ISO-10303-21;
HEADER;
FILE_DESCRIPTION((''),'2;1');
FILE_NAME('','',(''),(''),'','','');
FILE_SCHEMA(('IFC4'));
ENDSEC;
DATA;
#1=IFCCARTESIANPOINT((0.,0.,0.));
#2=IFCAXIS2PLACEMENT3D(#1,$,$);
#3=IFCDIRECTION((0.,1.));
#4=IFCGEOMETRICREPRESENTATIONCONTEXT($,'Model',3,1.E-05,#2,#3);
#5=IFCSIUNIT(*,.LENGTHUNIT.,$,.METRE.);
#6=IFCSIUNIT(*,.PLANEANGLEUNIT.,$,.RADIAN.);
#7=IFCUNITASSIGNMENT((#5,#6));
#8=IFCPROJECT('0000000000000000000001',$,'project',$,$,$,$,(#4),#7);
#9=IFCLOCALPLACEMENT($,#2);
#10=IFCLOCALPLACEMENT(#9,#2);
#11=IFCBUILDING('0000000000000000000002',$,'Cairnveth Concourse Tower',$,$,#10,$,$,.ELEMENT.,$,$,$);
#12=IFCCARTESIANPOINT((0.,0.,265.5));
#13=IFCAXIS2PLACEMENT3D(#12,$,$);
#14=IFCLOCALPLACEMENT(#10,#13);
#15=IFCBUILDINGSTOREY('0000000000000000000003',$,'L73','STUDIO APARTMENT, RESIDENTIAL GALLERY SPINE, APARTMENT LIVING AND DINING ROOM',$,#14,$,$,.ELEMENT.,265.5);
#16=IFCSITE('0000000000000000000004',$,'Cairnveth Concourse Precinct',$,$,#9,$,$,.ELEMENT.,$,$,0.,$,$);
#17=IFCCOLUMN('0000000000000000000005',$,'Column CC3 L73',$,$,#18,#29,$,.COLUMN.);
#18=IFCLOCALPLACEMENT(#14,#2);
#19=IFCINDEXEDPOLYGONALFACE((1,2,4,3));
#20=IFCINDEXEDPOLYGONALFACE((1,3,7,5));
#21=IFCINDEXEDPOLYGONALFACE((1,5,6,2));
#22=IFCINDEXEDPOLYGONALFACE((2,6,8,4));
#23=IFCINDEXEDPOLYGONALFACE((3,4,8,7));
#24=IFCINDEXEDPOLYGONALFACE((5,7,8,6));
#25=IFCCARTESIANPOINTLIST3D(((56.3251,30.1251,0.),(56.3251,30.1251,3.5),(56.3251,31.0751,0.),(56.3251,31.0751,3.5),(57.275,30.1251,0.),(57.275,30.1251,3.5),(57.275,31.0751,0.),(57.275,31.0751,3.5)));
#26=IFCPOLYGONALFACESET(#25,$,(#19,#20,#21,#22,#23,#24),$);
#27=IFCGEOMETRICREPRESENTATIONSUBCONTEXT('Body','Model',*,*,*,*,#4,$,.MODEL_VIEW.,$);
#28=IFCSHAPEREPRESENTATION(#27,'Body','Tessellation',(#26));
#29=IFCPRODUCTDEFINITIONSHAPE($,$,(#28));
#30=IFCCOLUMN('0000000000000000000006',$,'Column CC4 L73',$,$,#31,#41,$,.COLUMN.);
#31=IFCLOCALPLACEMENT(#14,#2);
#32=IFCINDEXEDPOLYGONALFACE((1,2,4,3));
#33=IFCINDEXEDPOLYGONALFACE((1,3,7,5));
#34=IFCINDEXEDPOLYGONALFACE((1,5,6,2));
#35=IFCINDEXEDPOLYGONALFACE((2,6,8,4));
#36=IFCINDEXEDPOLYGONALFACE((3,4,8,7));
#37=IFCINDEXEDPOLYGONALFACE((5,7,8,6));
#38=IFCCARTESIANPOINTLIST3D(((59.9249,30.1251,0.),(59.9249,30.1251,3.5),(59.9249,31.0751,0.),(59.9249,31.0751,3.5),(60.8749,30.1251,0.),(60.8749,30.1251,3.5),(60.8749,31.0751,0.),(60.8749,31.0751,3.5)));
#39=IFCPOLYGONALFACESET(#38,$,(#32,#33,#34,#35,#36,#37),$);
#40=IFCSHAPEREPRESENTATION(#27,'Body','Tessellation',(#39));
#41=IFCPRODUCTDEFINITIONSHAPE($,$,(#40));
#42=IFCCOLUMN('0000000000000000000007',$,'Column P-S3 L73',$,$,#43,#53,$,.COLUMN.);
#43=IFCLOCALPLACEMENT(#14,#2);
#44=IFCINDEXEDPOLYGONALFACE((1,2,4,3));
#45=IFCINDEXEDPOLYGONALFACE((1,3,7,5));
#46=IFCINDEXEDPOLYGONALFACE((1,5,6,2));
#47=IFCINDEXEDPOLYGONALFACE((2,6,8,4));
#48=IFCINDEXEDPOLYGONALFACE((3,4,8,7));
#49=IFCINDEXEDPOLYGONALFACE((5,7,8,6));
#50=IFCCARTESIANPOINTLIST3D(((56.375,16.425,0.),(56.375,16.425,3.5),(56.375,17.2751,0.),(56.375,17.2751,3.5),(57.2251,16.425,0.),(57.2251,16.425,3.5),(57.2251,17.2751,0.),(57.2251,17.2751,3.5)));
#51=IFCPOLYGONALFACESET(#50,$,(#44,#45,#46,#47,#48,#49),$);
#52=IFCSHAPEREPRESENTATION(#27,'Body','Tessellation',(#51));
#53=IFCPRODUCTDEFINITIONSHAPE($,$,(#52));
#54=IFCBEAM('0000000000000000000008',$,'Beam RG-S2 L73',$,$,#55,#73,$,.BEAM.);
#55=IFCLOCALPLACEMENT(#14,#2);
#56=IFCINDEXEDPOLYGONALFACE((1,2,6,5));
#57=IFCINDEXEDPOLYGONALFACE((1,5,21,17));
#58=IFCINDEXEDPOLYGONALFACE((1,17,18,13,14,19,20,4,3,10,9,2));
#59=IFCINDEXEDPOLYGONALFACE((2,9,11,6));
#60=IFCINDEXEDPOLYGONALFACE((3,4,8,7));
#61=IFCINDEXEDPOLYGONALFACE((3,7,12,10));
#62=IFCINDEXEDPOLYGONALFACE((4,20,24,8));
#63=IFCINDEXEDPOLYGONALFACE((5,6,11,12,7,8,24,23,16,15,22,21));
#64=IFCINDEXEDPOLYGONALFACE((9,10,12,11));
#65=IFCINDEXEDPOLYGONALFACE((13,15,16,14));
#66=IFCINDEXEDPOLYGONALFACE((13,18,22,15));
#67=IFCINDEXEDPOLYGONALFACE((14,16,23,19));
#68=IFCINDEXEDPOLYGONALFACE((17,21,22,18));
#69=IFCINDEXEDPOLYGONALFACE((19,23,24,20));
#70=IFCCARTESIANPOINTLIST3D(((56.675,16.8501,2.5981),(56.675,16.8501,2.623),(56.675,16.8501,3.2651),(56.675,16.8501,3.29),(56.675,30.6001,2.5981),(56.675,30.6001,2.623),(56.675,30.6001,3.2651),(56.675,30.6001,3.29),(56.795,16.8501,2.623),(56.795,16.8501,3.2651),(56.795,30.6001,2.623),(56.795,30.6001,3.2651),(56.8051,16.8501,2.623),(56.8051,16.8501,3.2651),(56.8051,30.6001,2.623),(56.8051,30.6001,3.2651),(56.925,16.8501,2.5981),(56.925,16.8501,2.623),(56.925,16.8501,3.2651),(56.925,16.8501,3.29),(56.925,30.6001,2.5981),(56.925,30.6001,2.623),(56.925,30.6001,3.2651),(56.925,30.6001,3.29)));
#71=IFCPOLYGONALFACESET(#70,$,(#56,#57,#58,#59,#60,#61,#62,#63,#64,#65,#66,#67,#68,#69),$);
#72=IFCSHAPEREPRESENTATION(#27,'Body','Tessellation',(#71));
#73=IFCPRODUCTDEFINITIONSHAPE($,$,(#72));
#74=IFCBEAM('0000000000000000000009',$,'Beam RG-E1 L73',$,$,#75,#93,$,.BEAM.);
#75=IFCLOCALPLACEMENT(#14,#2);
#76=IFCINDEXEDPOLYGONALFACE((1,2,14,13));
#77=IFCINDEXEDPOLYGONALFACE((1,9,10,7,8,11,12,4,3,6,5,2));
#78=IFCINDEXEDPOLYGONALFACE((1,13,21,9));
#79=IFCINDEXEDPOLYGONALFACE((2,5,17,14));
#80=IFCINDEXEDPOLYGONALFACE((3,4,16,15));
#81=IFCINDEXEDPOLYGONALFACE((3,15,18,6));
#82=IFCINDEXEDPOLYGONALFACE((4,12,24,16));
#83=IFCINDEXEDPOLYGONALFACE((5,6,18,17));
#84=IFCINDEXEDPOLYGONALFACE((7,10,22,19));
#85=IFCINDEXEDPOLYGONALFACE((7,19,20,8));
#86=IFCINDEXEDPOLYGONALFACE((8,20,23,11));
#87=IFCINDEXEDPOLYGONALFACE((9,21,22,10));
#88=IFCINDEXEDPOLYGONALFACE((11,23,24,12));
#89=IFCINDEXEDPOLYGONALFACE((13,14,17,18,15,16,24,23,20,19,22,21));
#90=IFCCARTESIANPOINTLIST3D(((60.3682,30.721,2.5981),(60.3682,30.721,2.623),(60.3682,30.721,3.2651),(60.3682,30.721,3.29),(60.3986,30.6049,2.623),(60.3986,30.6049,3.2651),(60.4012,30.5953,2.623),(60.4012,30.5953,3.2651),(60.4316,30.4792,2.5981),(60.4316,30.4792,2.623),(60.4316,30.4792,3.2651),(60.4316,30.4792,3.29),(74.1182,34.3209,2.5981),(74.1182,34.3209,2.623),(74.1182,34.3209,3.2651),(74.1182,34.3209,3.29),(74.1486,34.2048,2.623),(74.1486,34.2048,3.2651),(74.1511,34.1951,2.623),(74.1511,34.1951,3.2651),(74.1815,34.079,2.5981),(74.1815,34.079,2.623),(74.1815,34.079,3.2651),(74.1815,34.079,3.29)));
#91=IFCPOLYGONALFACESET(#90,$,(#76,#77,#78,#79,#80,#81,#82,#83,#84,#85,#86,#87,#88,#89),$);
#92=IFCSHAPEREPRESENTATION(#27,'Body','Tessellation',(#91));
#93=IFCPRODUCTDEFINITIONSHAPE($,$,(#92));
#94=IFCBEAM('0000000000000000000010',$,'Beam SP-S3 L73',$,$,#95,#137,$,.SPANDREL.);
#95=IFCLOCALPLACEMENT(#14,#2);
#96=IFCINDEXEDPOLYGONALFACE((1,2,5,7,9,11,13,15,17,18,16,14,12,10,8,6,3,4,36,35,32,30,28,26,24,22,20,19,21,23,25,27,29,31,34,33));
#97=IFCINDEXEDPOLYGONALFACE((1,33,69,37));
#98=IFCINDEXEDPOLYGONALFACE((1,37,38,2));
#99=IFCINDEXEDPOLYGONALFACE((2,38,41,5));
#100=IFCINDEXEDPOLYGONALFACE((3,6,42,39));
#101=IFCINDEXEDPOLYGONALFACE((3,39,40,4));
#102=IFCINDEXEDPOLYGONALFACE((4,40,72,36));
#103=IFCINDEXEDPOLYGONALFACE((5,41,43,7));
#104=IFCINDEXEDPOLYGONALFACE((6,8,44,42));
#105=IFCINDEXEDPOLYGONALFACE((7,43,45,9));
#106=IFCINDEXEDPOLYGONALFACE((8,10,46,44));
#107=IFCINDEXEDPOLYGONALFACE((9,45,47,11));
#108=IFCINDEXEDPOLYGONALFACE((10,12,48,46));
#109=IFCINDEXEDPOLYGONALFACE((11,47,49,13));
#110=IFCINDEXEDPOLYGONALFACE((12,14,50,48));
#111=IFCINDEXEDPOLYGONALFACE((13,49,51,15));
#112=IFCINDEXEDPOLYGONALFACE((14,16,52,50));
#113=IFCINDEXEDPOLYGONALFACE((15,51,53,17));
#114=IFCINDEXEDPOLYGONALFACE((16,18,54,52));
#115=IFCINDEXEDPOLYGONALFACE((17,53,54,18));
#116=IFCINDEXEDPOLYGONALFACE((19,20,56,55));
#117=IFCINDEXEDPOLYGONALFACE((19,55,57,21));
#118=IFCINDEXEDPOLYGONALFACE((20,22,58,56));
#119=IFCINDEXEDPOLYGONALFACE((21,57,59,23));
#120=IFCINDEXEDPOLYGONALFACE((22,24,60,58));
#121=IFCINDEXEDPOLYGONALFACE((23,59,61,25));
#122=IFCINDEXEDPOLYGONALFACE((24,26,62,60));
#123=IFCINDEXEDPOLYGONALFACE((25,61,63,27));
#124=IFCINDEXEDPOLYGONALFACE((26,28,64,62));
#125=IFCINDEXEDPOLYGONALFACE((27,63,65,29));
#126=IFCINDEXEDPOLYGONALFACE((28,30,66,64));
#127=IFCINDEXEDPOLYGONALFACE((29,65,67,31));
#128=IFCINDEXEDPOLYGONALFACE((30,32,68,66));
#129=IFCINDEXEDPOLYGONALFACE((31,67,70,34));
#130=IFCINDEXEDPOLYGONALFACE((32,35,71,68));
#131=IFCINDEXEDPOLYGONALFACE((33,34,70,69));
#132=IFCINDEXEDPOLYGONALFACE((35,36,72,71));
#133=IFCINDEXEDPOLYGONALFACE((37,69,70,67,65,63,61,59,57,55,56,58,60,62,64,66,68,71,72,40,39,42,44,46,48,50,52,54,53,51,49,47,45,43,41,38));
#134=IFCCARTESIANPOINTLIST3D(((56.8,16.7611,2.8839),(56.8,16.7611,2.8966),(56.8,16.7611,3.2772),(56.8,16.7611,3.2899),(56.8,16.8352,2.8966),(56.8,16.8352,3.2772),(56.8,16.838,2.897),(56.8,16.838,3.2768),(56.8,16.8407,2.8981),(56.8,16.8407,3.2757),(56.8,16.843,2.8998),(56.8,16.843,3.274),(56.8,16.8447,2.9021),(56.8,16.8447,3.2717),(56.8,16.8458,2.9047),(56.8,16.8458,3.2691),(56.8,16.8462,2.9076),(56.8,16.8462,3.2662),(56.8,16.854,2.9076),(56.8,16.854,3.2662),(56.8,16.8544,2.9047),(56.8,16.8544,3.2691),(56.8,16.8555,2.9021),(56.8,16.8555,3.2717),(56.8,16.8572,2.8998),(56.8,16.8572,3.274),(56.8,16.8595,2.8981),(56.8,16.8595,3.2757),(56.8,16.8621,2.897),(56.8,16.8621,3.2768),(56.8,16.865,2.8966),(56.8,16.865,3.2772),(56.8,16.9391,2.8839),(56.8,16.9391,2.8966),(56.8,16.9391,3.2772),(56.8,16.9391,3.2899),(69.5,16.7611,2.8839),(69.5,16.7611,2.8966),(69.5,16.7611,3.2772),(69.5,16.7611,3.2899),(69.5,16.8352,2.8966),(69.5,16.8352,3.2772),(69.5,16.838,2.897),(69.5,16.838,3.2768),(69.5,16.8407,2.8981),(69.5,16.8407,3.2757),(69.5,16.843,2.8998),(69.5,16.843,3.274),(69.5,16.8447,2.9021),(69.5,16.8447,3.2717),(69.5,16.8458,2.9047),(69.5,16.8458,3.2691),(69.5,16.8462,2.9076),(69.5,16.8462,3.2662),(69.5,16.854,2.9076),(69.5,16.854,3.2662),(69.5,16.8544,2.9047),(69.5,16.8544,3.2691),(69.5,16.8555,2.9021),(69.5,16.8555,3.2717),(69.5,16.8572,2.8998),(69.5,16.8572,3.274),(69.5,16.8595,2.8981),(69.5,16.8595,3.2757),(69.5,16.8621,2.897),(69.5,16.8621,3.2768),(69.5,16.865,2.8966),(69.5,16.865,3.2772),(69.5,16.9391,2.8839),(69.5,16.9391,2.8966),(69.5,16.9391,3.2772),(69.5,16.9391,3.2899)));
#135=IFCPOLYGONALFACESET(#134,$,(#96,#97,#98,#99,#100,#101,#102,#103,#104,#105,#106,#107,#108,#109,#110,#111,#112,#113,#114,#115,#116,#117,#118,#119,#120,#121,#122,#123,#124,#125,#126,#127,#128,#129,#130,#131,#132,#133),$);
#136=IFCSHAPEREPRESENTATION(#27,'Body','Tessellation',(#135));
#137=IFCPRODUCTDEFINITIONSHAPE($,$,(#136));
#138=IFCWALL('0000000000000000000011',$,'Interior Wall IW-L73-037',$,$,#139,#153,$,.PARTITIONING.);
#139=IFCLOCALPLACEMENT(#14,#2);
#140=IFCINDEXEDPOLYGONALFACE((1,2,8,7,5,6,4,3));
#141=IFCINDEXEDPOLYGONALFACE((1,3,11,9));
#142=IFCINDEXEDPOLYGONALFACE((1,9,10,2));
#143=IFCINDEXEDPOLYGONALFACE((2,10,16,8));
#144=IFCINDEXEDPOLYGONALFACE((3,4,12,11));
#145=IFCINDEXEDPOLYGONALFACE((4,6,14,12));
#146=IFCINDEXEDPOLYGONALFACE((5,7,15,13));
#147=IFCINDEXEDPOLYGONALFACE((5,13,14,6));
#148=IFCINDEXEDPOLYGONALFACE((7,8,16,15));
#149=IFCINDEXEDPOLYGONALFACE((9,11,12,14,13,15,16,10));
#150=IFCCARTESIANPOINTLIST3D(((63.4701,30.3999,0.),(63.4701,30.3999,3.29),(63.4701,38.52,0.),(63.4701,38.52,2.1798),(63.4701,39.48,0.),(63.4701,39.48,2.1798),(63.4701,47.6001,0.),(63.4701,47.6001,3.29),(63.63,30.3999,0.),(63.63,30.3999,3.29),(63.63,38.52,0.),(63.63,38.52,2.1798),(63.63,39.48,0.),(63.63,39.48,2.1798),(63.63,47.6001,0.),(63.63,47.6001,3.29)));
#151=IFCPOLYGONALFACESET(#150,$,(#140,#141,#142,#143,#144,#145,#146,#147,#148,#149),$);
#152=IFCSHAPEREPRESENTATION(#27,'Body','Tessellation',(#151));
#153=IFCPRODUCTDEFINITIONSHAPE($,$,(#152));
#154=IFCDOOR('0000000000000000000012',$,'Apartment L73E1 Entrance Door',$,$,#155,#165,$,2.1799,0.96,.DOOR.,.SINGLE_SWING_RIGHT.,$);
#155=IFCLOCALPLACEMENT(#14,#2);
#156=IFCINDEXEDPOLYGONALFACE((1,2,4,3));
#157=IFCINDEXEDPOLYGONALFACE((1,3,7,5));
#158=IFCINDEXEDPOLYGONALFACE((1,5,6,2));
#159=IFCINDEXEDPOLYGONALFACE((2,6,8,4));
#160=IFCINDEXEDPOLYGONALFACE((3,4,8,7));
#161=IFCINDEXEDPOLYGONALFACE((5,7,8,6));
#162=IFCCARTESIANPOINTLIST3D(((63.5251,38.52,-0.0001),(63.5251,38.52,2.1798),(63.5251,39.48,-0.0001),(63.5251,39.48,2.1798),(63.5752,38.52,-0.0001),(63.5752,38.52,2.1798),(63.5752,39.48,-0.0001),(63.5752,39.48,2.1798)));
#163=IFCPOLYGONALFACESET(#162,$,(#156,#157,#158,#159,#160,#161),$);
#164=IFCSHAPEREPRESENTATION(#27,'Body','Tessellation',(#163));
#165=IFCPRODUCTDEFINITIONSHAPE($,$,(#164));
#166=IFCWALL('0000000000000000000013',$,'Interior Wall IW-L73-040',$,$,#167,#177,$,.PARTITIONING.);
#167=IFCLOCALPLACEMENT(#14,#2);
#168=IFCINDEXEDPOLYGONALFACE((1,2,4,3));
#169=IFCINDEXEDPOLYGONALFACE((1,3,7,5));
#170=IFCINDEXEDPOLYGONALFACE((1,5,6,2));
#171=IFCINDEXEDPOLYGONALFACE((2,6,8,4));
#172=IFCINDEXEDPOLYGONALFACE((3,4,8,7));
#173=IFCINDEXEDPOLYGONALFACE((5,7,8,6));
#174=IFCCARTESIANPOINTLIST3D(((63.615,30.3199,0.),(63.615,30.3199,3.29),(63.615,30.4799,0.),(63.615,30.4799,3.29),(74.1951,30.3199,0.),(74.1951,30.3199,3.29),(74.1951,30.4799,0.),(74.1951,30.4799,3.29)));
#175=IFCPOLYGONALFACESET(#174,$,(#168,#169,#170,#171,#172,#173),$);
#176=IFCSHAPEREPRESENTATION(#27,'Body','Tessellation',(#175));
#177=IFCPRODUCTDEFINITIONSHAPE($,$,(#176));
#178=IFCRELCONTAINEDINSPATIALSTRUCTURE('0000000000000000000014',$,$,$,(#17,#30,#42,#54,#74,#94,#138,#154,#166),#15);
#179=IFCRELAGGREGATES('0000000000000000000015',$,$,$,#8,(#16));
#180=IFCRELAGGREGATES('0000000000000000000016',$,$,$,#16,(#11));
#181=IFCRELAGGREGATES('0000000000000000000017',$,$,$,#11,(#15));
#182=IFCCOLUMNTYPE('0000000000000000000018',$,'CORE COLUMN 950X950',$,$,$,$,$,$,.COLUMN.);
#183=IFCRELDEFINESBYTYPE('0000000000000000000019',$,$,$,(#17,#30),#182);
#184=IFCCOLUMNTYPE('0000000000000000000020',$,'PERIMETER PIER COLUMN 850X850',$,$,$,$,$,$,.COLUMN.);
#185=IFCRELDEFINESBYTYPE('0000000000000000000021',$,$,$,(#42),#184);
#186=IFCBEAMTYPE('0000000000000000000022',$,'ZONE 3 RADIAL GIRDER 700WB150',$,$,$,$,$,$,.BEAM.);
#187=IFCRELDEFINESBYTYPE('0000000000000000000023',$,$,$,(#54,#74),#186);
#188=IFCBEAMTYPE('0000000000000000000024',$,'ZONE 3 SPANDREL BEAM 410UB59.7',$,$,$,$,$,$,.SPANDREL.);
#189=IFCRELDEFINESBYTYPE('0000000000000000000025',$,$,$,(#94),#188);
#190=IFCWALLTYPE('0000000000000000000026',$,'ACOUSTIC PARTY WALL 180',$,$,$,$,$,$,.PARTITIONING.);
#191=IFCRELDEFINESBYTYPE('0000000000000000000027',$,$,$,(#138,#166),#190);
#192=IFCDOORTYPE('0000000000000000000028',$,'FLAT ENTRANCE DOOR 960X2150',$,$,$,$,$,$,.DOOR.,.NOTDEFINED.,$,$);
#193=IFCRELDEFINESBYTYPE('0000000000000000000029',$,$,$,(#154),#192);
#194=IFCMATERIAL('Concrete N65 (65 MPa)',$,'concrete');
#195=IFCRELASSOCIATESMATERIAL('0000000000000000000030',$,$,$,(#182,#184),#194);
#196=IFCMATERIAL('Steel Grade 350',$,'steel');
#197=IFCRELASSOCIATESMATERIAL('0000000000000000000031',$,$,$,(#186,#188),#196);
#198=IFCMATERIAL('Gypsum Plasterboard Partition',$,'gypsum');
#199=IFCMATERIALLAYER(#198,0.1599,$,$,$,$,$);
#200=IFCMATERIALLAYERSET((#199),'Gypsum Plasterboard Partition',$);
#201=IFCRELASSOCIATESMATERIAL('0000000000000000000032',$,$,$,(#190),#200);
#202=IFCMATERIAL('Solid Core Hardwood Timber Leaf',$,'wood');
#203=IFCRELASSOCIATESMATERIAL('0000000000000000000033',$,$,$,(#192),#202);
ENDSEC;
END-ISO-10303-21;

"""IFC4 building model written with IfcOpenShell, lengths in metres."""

from ifc_helpers import new_model, si_unit, direction, frame, frame_2d, origin, origin_2d, place, context, subcontext, project, spatial, rectangle, i_section, extrude, material, layer, layer_set, material_profile, profile_set, type_object, element, fill, save


model = new_model("IFC4")

# Units and contexts
model_context = context("Model", 3, precision=1e-05, world=origin(), true_north=direction((0.0, 1.0)))
body_context = subcontext(model_context, "Body", "Model", "MODEL_VIEW")
ifc_project = project(units=[si_unit("LENGTHUNIT", "METRE"), si_unit("PLANEANGLEUNIT", "RADIAN")], contexts=[model_context])

# Site, building, storey
site_placement = place(None, origin())
site = spatial("IfcSite", under=ifc_project, at=site_placement, Name="Cairnveth Concourse Precinct", CompositionType="ELEMENT", RefElevation=0.0)
building_placement = place(site_placement, origin())
building = spatial("IfcBuilding", under=site, at=building_placement, Name="Cairnveth Concourse Tower", CompositionType="ELEMENT")
storey_placement = place(building_placement, frame((0.0, 0.0, 265.5)))
storey = spatial("IfcBuildingStorey", under=building, at=storey_placement, Name="L73", Description="STUDIO APARTMENT, RESIDENTIAL GALLERY SPINE, APARTMENT LIVING AND DINING ROOM", CompositionType="ELEMENT", Elevation=265.5)

# Columns
ifc_material_1 = material(Name="Concrete N65 (65 MPa)", Category="concrete")
ifc_material_profile_1 = material_profile(ifc_material_1, rectangle(XDim=0.95, YDim=0.95, at=origin_2d()), Name="RC-COL-950x950")
ifc_profile_set_1 = profile_set([ifc_material_profile_1], Name="Concrete N65 (65 MPa)")
column_type_1 = type_object("IfcColumnType", Name="CORE COLUMN 950X950", PredefinedType="COLUMN", material=ifc_profile_set_1)
for number, where, z_axis, x_axis, name in (
    (1, (56.8, 30.6001, 0.0), (0.0, 0.0, 1.0), (1.0, 0.0, 0.0), "Column CC3 L73"),
    (2, (60.3999, 30.6001, 0.0), (0.0, 0.0, 1.0), (1.0, 0.0, 0.0), "Column CC4 L73"),
):
    element("IfcColumn", number, at=place(storey_placement, frame(where, z_axis=z_axis, x_axis=x_axis)), inside=storey, type_object=column_type_1, Name=name, PredefinedType="COLUMN", context=body_context, shape_type="SweptSolid", body=[
        extrude(rectangle(XDim=0.95, YDim=0.95, at=origin_2d()), origin(), (0.0, 0.0, 1.0), 3.5),
    ])
ifc_material_profile_2 = material_profile(ifc_material_1, rectangle(XDim=0.8501, YDim=0.8501, at=origin_2d()), Name="RC-COL-850x850")
ifc_profile_set_2 = profile_set([ifc_material_profile_2], Name="Concrete N65 (65 MPa)")
column_type_2 = type_object("IfcColumnType", Name="PERIMETER PIER COLUMN 850X850", PredefinedType="COLUMN", material=ifc_profile_set_2)
column_placement = place(storey_placement, frame((56.8, 16.8501, 0.0), z_axis=(0.0, 0.0, 1.0), x_axis=(1.0, 0.0, 0.0)))
element("IfcColumn", 3, at=column_placement, inside=storey, type_object=column_type_2, Name="Column P-S3 L73", PredefinedType="COLUMN", context=body_context, shape_type="SweptSolid", body=[
    extrude(rectangle(XDim=0.8501, YDim=0.8501, at=origin_2d()), origin(), (0.0, 0.0, 1.0), 3.5),
])

# Beams
ifc_material_2 = material(Name="Steel Grade 350", Category="steel")
ifc_material_profile_3 = material_profile(ifc_material_2, i_section(OverallWidth=0.25, OverallDepth=0.6919, WebThickness=0.01, FlangeThickness=0.0249, at=origin_2d()), Name="700WB150")
ifc_profile_set_3 = profile_set([ifc_material_profile_3], Name="Steel Grade 350")
beam_type_1 = type_object("IfcBeamType", Name="ZONE 3 RADIAL GIRDER 700WB150", PredefinedType="BEAM", material=ifc_profile_set_3)
beam_1_placement = place(storey_placement, frame((56.8, 16.8501, 2.9441), z_axis=(0.0, 1.0, 0.0), x_axis=(-1.0, 0.0, 0.0)))
element("IfcBeam", 4, at=beam_1_placement, inside=storey, type_object=beam_type_1, Name="Beam RG-S2 L73", PredefinedType="BEAM", context=body_context, shape_type="SweptSolid", body=[
    extrude(i_section(OverallWidth=0.25, OverallDepth=0.6919, WebThickness=0.01, FlangeThickness=0.0249, at=origin_2d()), origin(), (0.0, 0.0, 1.0), 13.75),
])
beam_2_placement = place(storey_placement, frame((60.3999, 30.6001, 2.9441), z_axis=(0.967395, 0.253271, 0.0), x_axis=(-0.253271, 0.967395, 0.0)))
element("IfcBeam", 5, at=beam_2_placement, inside=storey, type_object=beam_type_1, Name="Beam RG-E1 L73", PredefinedType="BEAM", context=body_context, shape_type="SweptSolid", body=[
    extrude(i_section(OverallWidth=0.25, OverallDepth=0.6919, WebThickness=0.01, FlangeThickness=0.0249, at=origin_2d()), origin(), (0.0, 0.0, 1.0), 14.2134),
])
ifc_material_profile_4 = material_profile(ifc_material_2, i_section(OverallWidth=0.178, OverallDepth=0.406, WebThickness=0.0078, FlangeThickness=0.0127, FilletRadius=0.011, at=origin_2d()), Name="410UB59.7")
ifc_profile_set_4 = profile_set([ifc_material_profile_4], Name="Steel Grade 350")
beam_type_2 = type_object("IfcBeamType", Name="ZONE 3 SPANDREL BEAM 410UB59.7", PredefinedType="SPANDREL", material=ifc_profile_set_4)
beam_3_placement = place(storey_placement, frame((56.8, 16.8501, 3.0869), z_axis=(1.0, 0.0, 0.0), x_axis=(0.0, 1.0, 0.0)))
element("IfcBeam", 6, at=beam_3_placement, inside=storey, type_object=beam_type_2, Name="Beam SP-S3 L73", PredefinedType="SPANDREL", context=body_context, shape_type="SweptSolid", body=[
    extrude(i_section(OverallWidth=0.178, OverallDepth=0.406, WebThickness=0.0078, FlangeThickness=0.0127, FilletRadius=0.011, at=origin_2d()), origin(), (0.0, 0.0, 1.0), 12.7),
])

# Wall, opening, door
ifc_material_3 = material(Name="Gypsum Plasterboard Partition", Category="gypsum")
ifc_layer_1 = layer(ifc_material_3, 0.1599)
ifc_layer_set_1 = layer_set([ifc_layer_1], Name="Gypsum Plasterboard Partition")
wall_type_1 = type_object("IfcWallType", Name="ACOUSTIC PARTY WALL 180", PredefinedType="PARTITIONING", material=ifc_layer_set_1)
wall_1_placement = place(storey_placement, frame((63.55, 30.3999, 0.0), z_axis=(0.0, 0.0, 1.0), x_axis=(0.0, 1.0, 0.0)))
wall_1 = element("IfcWall", 7, at=wall_1_placement, inside=storey, type_object=wall_type_1, Name="Interior Wall IW-L73-037", PredefinedType="PARTITIONING", context=body_context, shape_type="SweptSolid", body=[
    extrude(rectangle(XDim=17.2002, YDim=0.1599, at=frame_2d((8.6001, 0.0))), origin(), (0.0, 0.0, 1.0), 3.29),
])
opening_1_placement = place(wall_1_placement, frame((8.1201, 0.0, 0.0)))
opening_1 = element("IfcOpeningElement", 8, at=opening_1_placement, cuts=wall_1, PredefinedType="OPENING", context=body_context, shape_type="SweptSolid", body=[
    extrude(rectangle(XDim=0.96, YDim=2.1799, at=frame_2d((0.48, 1.0898))), frame((0.0, 0.0898, 0.0), z_axis=(0.0, -1.0, 0.0), x_axis=(1.0, 0.0, 0.0)), (0.0, 0.0, 1.0), 0.1799),
])
ifc_material_4 = material(Name="Solid Core Hardwood Timber Leaf", Category="wood")
door_type_1 = type_object("IfcDoorType", Name="FLAT ENTRANCE DOOR 960X2150", OperationType="NOTDEFINED", PredefinedType="DOOR", material=ifc_material_4)
door_1_placement = place(opening_1_placement, origin())
door_1 = element("IfcDoor", 9, at=door_1_placement, inside=storey, type_object=door_type_1, Name="Apartment L73E1 Entrance Door", OperationType="SINGLE_SWING_RIGHT", OverallHeight=2.1799, OverallWidth=0.96, PredefinedType="DOOR", context=body_context, shape_type="SweptSolid", body=[
    extrude(rectangle(XDim=0.96, YDim=2.1799, at=frame_2d((0.48, 1.0898))), frame((0.0, 0.0249, 0.0), z_axis=(0.0, -1.0, 0.0), x_axis=(1.0, 0.0, 0.0)), (0.0, 0.0, 1.0), 0.05),
])
fill(opening_1, door_1)

# Wall
wall_2_placement = place(storey_placement, frame((63.615, 30.3999, 0.0), z_axis=(0.0, 0.0, 1.0), x_axis=(1.0, 0.0, 0.0)))
element("IfcWall", 10, at=wall_2_placement, inside=storey, type_object=wall_type_1, Name="Interior Wall IW-L73-040", PredefinedType="PARTITIONING", context=body_context, shape_type="SweptSolid", body=[
    extrude(rectangle(XDim=10.5801, YDim=0.1599, at=frame_2d((5.29, 0.0))), origin(), (0.0, 0.0, 1.0), 3.29),
])

save(model, "model.ifc")
